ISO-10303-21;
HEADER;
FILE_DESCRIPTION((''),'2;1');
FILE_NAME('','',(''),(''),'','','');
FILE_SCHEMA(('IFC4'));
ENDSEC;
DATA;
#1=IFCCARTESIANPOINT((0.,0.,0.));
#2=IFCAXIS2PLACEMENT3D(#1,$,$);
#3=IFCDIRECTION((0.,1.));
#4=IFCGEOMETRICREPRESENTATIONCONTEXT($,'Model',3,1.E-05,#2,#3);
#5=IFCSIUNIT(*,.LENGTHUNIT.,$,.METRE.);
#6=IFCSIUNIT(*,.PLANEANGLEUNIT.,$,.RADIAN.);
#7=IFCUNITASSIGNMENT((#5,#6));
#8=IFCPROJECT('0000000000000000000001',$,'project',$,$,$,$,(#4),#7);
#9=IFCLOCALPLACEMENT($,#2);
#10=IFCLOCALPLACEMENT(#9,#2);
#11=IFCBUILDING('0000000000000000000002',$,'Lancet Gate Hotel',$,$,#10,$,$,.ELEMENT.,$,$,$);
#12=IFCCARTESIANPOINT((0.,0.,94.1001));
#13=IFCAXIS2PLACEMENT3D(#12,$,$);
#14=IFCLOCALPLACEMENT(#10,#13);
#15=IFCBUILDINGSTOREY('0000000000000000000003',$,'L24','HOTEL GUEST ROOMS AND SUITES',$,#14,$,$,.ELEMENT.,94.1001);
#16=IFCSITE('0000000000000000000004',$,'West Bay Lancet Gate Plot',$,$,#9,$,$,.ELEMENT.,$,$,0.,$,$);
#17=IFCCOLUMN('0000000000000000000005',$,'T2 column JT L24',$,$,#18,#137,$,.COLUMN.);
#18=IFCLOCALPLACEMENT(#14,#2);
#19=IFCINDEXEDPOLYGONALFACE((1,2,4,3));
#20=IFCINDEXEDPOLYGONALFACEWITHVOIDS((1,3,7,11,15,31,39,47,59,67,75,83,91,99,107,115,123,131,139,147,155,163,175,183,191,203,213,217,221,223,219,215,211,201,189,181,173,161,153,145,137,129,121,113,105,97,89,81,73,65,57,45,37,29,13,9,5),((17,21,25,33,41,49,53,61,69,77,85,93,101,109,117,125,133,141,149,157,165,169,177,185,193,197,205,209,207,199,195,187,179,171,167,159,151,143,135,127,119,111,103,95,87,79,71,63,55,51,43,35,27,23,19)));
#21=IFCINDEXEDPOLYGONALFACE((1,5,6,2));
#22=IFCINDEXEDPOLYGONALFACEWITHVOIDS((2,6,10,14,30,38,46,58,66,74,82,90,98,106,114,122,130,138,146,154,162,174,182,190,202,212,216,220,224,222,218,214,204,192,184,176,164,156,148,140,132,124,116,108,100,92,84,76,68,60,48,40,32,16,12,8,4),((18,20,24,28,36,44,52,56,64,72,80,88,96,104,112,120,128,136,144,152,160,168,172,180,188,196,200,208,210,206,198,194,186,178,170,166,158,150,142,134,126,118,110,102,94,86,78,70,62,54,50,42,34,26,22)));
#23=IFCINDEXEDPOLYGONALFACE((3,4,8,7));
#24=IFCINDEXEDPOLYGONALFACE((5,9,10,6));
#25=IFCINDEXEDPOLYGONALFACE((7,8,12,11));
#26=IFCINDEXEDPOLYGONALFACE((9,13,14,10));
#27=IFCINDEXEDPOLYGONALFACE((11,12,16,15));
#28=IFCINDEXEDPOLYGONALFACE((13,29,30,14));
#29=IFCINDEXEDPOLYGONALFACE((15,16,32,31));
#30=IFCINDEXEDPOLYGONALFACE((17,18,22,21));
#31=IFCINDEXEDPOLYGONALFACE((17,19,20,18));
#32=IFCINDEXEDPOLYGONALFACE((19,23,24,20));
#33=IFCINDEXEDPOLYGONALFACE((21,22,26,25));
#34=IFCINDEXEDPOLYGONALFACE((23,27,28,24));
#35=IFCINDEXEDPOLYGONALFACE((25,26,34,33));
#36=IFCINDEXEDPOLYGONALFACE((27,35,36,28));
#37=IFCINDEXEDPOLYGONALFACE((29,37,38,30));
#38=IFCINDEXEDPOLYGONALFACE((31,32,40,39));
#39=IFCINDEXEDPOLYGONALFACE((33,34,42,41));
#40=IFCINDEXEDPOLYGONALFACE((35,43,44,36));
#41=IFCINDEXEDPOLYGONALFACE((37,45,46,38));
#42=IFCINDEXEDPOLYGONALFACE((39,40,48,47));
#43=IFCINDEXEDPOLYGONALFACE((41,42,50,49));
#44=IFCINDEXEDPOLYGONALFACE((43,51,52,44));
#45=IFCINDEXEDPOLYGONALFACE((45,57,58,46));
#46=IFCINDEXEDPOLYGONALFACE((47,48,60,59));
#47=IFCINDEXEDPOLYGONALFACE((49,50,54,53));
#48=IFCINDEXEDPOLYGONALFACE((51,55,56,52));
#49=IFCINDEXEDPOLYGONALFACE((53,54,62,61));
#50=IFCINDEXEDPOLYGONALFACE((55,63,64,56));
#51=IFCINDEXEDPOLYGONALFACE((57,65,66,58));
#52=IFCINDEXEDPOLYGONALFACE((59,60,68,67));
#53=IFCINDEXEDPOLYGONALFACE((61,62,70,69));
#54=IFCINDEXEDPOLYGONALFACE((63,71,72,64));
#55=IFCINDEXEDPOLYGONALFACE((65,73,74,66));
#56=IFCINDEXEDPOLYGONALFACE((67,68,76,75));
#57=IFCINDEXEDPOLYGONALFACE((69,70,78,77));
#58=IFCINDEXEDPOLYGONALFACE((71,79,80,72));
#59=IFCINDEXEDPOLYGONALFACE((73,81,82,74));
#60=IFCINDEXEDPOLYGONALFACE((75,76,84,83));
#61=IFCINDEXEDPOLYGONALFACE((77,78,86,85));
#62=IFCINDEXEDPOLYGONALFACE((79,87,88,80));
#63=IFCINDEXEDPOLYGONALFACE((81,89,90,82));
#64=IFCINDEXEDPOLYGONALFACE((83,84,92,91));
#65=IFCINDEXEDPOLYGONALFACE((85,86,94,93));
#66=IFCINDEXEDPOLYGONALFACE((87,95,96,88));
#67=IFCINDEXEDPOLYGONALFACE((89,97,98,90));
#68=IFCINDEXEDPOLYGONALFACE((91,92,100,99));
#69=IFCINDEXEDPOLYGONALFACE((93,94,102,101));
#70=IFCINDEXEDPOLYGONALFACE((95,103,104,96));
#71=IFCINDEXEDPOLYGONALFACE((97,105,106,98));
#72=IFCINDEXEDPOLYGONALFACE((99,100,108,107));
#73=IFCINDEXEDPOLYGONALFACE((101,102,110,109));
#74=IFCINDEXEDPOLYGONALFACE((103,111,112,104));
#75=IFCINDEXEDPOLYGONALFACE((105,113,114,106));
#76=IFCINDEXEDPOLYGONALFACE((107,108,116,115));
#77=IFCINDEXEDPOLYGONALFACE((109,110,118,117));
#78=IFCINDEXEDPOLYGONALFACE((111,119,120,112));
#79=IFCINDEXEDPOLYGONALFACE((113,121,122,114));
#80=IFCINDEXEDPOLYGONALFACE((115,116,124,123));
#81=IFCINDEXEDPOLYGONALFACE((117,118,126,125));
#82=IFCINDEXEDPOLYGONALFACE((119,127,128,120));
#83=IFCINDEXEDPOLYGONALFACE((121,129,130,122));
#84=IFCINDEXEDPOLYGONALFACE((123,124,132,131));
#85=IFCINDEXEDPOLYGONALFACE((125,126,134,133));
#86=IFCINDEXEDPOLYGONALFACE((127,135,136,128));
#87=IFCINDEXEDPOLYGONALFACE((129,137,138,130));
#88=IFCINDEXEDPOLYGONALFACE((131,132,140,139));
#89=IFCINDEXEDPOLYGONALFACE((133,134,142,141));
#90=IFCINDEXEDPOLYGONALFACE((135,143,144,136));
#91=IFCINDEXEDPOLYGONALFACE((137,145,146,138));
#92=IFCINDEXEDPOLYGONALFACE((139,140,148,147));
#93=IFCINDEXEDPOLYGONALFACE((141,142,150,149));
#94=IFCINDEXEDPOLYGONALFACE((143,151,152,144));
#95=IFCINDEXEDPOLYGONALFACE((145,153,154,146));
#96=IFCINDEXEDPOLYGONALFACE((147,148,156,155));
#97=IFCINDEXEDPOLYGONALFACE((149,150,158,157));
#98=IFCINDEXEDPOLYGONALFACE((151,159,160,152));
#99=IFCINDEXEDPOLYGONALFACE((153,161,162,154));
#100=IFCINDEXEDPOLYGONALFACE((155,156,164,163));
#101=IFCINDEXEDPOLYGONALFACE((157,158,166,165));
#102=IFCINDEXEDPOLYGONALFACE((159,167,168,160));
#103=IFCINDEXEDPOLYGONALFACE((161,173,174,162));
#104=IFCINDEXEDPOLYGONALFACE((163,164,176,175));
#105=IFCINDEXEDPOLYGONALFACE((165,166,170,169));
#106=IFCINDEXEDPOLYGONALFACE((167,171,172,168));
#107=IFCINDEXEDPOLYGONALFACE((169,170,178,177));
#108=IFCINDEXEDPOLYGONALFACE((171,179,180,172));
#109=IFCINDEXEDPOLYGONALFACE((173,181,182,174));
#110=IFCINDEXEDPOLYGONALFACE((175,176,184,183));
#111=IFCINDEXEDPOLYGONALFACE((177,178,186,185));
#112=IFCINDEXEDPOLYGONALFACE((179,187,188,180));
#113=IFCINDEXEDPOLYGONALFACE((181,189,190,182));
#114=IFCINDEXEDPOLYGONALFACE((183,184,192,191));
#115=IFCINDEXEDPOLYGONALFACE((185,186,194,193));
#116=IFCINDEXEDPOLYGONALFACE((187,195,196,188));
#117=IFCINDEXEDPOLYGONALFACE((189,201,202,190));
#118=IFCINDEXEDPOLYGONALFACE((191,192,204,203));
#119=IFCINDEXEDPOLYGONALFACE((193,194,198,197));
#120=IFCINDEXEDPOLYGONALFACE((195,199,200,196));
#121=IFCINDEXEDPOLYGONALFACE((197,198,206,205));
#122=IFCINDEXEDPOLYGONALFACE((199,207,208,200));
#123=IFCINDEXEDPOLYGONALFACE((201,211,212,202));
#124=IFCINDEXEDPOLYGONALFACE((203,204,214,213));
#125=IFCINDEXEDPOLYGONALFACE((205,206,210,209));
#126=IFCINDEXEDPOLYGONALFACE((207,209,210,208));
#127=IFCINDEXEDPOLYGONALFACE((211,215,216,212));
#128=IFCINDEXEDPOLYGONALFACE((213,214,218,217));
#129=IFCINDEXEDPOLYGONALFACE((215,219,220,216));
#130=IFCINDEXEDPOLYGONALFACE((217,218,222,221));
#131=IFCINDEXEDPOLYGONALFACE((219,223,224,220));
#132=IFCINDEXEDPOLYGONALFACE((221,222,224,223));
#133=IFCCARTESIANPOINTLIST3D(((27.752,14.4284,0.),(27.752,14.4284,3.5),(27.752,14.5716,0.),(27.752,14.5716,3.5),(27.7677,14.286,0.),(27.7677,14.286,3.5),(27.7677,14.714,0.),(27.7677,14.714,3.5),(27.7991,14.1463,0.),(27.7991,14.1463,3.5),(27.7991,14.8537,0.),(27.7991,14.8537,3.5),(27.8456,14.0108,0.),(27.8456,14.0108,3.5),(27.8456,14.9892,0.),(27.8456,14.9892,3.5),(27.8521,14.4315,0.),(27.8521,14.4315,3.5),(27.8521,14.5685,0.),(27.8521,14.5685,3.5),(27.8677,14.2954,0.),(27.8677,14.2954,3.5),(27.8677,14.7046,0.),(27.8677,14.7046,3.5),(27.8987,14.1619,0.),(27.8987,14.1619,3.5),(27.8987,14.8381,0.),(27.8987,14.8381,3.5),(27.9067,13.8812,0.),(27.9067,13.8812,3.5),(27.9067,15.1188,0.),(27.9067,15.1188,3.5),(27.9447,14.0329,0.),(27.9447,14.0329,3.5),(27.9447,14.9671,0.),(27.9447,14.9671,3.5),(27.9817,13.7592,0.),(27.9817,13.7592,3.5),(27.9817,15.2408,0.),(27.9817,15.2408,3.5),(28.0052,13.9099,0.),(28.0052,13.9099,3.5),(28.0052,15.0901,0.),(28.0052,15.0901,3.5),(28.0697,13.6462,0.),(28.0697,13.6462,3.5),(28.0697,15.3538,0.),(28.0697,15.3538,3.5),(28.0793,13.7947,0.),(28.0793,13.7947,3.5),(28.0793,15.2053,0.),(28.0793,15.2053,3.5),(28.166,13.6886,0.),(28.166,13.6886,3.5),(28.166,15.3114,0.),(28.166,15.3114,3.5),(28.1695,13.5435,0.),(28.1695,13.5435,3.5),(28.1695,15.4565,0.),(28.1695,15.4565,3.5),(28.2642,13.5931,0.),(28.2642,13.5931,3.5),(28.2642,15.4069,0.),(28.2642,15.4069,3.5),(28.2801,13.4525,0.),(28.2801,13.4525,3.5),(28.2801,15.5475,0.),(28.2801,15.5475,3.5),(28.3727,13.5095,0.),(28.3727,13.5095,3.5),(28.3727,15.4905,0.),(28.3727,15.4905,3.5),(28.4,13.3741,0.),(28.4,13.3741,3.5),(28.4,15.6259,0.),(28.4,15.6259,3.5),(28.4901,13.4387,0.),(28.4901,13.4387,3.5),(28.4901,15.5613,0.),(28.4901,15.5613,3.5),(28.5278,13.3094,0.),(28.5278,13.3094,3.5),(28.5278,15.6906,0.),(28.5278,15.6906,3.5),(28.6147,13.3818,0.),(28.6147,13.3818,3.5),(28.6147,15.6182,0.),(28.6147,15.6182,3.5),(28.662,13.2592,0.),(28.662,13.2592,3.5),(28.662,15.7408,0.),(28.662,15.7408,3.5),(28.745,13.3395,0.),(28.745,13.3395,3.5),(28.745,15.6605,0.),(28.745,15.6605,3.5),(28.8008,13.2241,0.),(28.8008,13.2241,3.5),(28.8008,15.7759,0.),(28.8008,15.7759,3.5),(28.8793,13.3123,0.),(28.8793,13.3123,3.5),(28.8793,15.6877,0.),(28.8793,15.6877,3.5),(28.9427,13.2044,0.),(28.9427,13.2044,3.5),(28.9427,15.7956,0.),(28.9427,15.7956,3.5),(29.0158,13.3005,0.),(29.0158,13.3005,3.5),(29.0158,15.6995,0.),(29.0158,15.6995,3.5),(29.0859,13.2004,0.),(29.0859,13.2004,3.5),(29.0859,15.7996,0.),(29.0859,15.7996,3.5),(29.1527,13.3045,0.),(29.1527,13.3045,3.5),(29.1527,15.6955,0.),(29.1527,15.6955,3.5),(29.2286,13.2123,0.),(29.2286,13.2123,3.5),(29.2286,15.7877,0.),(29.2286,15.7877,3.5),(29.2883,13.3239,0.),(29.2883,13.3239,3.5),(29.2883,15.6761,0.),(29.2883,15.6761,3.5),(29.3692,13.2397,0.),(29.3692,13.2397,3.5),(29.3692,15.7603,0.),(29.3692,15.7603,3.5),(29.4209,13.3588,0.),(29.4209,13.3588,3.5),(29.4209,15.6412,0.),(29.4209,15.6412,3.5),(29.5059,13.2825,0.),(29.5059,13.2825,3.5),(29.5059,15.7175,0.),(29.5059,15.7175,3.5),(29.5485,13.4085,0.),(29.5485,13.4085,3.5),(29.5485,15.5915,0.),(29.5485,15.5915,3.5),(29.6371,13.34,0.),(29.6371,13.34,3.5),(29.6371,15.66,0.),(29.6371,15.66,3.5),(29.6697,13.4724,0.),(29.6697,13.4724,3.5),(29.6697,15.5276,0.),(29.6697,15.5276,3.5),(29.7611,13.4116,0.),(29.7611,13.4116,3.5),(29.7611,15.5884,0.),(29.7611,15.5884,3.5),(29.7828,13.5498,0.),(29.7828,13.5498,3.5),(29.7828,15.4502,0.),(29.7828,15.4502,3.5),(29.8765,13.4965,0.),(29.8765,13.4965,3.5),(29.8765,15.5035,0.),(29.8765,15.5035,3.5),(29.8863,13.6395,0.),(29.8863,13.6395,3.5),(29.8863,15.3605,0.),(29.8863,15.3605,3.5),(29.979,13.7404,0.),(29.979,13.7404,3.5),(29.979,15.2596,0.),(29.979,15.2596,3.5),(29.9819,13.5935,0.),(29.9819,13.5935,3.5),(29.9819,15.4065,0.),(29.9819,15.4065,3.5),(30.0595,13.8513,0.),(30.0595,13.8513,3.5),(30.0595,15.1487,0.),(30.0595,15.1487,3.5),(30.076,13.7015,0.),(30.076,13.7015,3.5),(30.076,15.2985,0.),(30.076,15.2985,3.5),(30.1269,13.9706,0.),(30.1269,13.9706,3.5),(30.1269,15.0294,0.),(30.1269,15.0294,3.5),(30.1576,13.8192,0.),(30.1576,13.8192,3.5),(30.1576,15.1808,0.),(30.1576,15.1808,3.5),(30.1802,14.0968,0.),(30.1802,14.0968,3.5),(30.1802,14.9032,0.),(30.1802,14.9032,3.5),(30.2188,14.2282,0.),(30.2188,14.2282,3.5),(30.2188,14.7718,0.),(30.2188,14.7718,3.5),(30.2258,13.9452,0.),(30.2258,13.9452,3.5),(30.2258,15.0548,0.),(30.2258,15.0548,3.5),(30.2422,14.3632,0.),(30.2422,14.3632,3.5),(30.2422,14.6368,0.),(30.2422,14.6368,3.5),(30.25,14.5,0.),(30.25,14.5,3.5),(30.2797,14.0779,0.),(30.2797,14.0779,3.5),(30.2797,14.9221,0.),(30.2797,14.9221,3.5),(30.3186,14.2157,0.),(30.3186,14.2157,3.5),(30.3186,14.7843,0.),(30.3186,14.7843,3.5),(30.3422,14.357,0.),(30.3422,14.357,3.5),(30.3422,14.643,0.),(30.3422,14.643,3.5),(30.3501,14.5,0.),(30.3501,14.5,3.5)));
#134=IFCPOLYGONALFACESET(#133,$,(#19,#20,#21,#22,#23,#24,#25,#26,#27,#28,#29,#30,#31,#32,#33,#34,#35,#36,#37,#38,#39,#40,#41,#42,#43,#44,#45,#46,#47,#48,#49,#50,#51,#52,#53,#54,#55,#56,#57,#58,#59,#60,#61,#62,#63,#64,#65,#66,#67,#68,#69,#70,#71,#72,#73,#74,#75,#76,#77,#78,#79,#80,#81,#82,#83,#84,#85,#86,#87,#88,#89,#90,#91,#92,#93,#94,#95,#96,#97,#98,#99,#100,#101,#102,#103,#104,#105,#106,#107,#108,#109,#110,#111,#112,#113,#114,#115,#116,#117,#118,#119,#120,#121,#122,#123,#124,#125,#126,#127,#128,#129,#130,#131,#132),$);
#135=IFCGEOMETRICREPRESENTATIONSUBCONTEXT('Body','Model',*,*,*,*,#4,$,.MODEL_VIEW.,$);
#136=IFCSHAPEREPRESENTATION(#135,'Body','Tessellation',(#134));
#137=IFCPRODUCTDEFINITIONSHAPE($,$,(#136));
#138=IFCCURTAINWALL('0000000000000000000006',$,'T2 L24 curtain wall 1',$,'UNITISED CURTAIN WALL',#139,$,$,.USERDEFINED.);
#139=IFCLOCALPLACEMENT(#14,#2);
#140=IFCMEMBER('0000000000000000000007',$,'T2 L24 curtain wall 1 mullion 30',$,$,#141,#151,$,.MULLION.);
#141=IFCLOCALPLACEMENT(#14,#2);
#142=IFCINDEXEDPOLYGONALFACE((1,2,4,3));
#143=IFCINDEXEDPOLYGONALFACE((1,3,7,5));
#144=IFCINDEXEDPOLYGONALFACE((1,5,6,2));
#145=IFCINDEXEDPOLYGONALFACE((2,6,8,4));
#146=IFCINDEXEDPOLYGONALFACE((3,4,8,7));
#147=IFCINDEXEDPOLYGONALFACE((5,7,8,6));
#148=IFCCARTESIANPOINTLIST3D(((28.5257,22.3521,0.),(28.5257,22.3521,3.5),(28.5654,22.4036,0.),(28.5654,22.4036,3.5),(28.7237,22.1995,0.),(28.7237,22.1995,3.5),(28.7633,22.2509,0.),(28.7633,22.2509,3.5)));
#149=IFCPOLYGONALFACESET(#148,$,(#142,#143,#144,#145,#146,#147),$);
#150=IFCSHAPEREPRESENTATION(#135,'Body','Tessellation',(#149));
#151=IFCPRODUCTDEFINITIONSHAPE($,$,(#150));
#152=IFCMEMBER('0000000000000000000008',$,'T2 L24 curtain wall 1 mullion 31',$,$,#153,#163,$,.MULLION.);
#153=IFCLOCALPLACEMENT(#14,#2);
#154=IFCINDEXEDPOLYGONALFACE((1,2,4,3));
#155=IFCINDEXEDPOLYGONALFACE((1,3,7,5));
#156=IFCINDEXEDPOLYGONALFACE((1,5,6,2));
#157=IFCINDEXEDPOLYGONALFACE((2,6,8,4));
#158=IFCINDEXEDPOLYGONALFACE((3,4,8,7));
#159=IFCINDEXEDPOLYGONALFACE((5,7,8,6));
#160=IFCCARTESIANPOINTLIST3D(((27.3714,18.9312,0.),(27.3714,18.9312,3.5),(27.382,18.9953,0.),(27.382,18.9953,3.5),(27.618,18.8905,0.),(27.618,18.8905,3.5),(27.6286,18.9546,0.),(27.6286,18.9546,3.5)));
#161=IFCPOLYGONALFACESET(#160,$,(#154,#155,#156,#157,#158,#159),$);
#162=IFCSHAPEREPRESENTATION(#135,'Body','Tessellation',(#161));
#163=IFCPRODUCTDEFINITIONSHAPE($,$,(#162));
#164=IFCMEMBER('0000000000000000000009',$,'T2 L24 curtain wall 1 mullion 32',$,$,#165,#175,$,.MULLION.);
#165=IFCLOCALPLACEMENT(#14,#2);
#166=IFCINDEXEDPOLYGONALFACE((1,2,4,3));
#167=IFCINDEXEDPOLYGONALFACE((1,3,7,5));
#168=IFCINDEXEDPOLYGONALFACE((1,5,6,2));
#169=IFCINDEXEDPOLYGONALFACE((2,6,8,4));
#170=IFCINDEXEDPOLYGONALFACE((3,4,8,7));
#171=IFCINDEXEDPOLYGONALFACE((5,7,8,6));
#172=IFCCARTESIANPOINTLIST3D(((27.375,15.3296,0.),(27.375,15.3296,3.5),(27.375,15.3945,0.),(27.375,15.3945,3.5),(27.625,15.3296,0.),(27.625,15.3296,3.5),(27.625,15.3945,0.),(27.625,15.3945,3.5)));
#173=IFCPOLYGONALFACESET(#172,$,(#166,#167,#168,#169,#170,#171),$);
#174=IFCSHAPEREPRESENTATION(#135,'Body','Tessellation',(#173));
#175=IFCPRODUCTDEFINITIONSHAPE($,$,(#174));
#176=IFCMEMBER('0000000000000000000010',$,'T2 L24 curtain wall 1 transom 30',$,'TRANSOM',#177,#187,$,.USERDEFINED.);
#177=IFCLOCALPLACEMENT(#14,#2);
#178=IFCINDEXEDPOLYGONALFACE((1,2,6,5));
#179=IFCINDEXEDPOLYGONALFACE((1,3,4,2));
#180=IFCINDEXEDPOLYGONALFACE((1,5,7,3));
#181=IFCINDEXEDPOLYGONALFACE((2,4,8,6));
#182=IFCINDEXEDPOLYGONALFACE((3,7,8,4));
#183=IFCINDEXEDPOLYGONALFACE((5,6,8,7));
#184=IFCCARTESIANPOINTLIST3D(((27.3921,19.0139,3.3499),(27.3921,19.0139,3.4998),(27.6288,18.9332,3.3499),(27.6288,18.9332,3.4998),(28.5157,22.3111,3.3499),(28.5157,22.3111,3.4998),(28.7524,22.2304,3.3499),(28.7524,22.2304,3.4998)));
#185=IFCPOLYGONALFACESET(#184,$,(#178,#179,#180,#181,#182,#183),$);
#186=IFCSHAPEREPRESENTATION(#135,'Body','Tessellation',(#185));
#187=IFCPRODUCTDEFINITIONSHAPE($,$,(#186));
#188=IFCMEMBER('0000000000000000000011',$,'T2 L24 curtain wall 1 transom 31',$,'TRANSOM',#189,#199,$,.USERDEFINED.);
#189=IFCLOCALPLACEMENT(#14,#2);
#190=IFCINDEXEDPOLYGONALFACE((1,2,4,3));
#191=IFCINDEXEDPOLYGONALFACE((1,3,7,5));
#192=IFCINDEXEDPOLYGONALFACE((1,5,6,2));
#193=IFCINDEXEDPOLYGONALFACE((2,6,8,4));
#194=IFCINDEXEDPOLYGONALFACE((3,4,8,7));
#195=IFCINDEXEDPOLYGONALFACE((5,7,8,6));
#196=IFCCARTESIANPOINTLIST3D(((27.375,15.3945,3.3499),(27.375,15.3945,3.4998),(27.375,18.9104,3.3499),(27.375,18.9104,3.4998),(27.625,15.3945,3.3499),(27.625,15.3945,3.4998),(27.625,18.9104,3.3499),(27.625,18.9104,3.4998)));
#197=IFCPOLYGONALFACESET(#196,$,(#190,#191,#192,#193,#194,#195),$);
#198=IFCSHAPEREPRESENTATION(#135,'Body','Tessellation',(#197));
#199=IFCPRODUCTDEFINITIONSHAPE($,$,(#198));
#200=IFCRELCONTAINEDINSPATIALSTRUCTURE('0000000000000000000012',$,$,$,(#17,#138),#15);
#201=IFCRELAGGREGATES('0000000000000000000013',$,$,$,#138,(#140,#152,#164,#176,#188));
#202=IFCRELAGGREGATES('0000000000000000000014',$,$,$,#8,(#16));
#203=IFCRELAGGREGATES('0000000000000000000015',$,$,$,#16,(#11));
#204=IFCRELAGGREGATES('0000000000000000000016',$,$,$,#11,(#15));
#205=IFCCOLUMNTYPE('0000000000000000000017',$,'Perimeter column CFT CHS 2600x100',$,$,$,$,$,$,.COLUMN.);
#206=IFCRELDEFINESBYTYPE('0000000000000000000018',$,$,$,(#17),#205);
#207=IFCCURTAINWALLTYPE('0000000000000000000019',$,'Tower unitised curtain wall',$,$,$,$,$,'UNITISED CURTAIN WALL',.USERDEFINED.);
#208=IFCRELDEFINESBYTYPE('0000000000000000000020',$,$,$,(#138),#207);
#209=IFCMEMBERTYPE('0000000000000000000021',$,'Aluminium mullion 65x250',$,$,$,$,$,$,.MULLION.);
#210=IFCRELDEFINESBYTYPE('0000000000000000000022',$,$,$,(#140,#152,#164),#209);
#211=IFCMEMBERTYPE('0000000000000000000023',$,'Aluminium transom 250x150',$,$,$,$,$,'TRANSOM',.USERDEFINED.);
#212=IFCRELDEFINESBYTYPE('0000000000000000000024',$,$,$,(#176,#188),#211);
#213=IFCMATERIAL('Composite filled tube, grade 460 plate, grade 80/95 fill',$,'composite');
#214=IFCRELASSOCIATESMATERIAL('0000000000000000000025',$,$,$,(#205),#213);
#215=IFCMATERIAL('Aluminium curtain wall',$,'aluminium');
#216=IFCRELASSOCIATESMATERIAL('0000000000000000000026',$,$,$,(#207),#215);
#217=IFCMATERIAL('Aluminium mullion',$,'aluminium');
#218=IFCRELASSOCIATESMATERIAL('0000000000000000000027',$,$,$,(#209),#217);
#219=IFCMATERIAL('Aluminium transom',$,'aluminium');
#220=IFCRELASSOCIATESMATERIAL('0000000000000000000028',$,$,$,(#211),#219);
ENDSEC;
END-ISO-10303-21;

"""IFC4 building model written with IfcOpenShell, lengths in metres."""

from ifc_helpers import new_model, si_unit, direction, frame, origin, origin_2d, place, context, subcontext, project, spatial, rectangle, hollow_circle, extrude, material, material_profile, profile_set, type_object, element, aggregate, save


model = new_model("IFC4")

# Units and contexts
model_context = context("Model", 3, precision=1e-05, world=origin(), true_north=direction((0.0, 1.0)))
body_context = subcontext(model_context, "Body", "Model", "MODEL_VIEW")
ifc_project = project(units=[si_unit("LENGTHUNIT", "METRE"), si_unit("PLANEANGLEUNIT", "RADIAN")], contexts=[model_context])

# Site, building, storey
site_placement = place(None, origin())
site = spatial("IfcSite", under=ifc_project, at=site_placement, Name="West Bay Lancet Gate Plot", CompositionType="ELEMENT", RefElevation=0.0)
building_placement = place(site_placement, origin())
building = spatial("IfcBuilding", under=site, at=building_placement, Name="Lancet Gate Hotel", CompositionType="ELEMENT")
storey_placement = place(building_placement, frame((0.0, 0.0, 94.1001)))
storey = spatial("IfcBuildingStorey", under=building, at=storey_placement, Name="L24", Description="HOTEL GUEST ROOMS AND SUITES", CompositionType="ELEMENT", Elevation=94.1001)

# Column
ifc_material_1 = material(Name="Composite filled tube, grade 460 plate, grade 80/95 fill", Category="composite")
ifc_material_profile_1 = material_profile(ifc_material_1, hollow_circle(Radius=1.3, WallThickness=0.1001, at=origin_2d()), Name="CHS 2600x100")
ifc_profile_set_1 = profile_set([ifc_material_profile_1], Name="Composite filled tube, grade 460 plate, grade 80/95 fill")
column_type = type_object("IfcColumnType", Name="Perimeter column CFT CHS 2600x100", PredefinedType="COLUMN", material=ifc_profile_set_1)
column_placement = place(storey_placement, frame((29.05, 14.5, 0.0), z_axis=(0.0, 0.0, 1.0), x_axis=(1.0, 0.0, 0.0)))
element("IfcColumn", 1, at=column_placement, inside=storey, type_object=column_type, Name="T2 column JT L24", PredefinedType="COLUMN", context=body_context, shape_type="SweptSolid", body=[
    extrude(hollow_circle(Radius=1.3, WallThickness=0.1001, at=origin_2d()), origin(), (0.0, 0.0, 1.0), 3.5),
])

# Curtain wall, members
ifc_material_2 = material(Name="Aluminium curtain wall", Category="aluminium")
curtain_wall_type = type_object("IfcCurtainWallType", Name="Tower unitised curtain wall", ElementType="UNITISED CURTAIN WALL", PredefinedType="USERDEFINED", material=ifc_material_2)
curtain_wall_placement = place(storey_placement, origin())
curtain_wall = element("IfcCurtainWall", 2, at=curtain_wall_placement, inside=storey, type_object=curtain_wall_type, Name="T2 L24 curtain wall 1", ObjectType="UNITISED CURTAIN WALL", PredefinedType="USERDEFINED")
ifc_material_3 = material(Name="Aluminium mullion", Category="aluminium")
ifc_material_profile_2 = material_profile(ifc_material_3, rectangle(XDim=0.0649, YDim=0.25, at=origin_2d()), Name="MULLION 65x250")
ifc_profile_set_2 = profile_set([ifc_material_profile_2], Name="Aluminium mullion")
member_type_1 = type_object("IfcMemberType", Name="Aluminium mullion 65x250", PredefinedType="MULLION", material=ifc_profile_set_2)
member_1_placement = place(storey_placement, frame((28.6445, 22.3015, 0.0), z_axis=(0.0, 0.0, 1.0), x_axis=(-0.610664, -0.79189, 0.0)))
member_1 = element("IfcMember", 3, at=member_1_placement, type_object=member_type_1, Name="T2 L24 curtain wall 1 mullion 30", PredefinedType="MULLION", context=body_context, shape_type="SweptSolid", body=[
    extrude(rectangle(XDim=0.0649, YDim=0.25, at=origin_2d()), origin(), (0.0, 0.0, 1.0), 3.5),
])
member_2_placement = place(storey_placement, frame((27.5, 18.9429, 0.0), z_axis=(0.0, 0.0, 1.0), x_axis=(-0.162739, -0.986669, 0.0)))
member_2 = element("IfcMember", 4, at=member_2_placement, type_object=member_type_1, Name="T2 L24 curtain wall 1 mullion 31", PredefinedType="MULLION", context=body_context, shape_type="SweptSolid", body=[
    extrude(rectangle(XDim=0.0649, YDim=0.25, at=origin_2d()), origin(), (0.0, 0.0, 1.0), 3.5),
])
member_3_placement = place(storey_placement, frame((27.5, 15.3621, 0.0), z_axis=(0.0, 0.0, 1.0), x_axis=(0.0, -1.0, 0.0)))
member_3 = element("IfcMember", 5, at=member_3_placement, type_object=member_type_1, Name="T2 L24 curtain wall 1 mullion 32", PredefinedType="MULLION", context=body_context, shape_type="SweptSolid", body=[
    extrude(rectangle(XDim=0.0649, YDim=0.25, at=origin_2d()), origin(), (0.0, 0.0, 1.0), 3.5),
])
ifc_material_4 = material(Name="Aluminium transom", Category="aluminium")
ifc_material_profile_3 = material_profile(ifc_material_4, rectangle(XDim=0.25, YDim=0.1499, at=origin_2d()), Name="TRANSOM 250x150")
ifc_profile_set_3 = profile_set([ifc_material_profile_3], Name="Aluminium transom")
member_type_2 = type_object("IfcMemberType", Name="Aluminium transom 250x150", ElementType="TRANSOM", PredefinedType="USERDEFINED", material=ifc_profile_set_3)
member_4_placement = place(storey_placement, frame((28.634, 22.2708, 3.4248), z_axis=(-0.32255, -0.946553, 0.0), x_axis=(0.946553, -0.32255, 0.0)))
member_4 = element("IfcMember", 6, at=member_4_placement, type_object=member_type_2, Name="T2 L24 curtain wall 1 transom 30", ObjectType="TRANSOM", PredefinedType="USERDEFINED", context=body_context, shape_type="SweptSolid", body=[
    extrude(rectangle(XDim=0.25, YDim=0.1499, at=origin_2d()), origin(), (0.0, 0.0, 1.0), 3.4834),
])
member_5_placement = place(storey_placement, frame((27.5, 18.9104, 3.4248), z_axis=(0.0, -1.0, 0.0), x_axis=(1.0, 0.0, 0.0)))
member_5 = element("IfcMember", 7, at=member_5_placement, type_object=member_type_2, Name="T2 L24 curtain wall 1 transom 31", ObjectType="TRANSOM", PredefinedType="USERDEFINED", context=body_context, shape_type="SweptSolid", body=[
    extrude(rectangle(XDim=0.25, YDim=0.1499, at=origin_2d()), origin(), (0.0, 0.0, 1.0), 3.5159),
])

aggregate(curtain_wall, [member_1, member_2, member_3, member_4, member_5])

save(model, "model.ifc")
